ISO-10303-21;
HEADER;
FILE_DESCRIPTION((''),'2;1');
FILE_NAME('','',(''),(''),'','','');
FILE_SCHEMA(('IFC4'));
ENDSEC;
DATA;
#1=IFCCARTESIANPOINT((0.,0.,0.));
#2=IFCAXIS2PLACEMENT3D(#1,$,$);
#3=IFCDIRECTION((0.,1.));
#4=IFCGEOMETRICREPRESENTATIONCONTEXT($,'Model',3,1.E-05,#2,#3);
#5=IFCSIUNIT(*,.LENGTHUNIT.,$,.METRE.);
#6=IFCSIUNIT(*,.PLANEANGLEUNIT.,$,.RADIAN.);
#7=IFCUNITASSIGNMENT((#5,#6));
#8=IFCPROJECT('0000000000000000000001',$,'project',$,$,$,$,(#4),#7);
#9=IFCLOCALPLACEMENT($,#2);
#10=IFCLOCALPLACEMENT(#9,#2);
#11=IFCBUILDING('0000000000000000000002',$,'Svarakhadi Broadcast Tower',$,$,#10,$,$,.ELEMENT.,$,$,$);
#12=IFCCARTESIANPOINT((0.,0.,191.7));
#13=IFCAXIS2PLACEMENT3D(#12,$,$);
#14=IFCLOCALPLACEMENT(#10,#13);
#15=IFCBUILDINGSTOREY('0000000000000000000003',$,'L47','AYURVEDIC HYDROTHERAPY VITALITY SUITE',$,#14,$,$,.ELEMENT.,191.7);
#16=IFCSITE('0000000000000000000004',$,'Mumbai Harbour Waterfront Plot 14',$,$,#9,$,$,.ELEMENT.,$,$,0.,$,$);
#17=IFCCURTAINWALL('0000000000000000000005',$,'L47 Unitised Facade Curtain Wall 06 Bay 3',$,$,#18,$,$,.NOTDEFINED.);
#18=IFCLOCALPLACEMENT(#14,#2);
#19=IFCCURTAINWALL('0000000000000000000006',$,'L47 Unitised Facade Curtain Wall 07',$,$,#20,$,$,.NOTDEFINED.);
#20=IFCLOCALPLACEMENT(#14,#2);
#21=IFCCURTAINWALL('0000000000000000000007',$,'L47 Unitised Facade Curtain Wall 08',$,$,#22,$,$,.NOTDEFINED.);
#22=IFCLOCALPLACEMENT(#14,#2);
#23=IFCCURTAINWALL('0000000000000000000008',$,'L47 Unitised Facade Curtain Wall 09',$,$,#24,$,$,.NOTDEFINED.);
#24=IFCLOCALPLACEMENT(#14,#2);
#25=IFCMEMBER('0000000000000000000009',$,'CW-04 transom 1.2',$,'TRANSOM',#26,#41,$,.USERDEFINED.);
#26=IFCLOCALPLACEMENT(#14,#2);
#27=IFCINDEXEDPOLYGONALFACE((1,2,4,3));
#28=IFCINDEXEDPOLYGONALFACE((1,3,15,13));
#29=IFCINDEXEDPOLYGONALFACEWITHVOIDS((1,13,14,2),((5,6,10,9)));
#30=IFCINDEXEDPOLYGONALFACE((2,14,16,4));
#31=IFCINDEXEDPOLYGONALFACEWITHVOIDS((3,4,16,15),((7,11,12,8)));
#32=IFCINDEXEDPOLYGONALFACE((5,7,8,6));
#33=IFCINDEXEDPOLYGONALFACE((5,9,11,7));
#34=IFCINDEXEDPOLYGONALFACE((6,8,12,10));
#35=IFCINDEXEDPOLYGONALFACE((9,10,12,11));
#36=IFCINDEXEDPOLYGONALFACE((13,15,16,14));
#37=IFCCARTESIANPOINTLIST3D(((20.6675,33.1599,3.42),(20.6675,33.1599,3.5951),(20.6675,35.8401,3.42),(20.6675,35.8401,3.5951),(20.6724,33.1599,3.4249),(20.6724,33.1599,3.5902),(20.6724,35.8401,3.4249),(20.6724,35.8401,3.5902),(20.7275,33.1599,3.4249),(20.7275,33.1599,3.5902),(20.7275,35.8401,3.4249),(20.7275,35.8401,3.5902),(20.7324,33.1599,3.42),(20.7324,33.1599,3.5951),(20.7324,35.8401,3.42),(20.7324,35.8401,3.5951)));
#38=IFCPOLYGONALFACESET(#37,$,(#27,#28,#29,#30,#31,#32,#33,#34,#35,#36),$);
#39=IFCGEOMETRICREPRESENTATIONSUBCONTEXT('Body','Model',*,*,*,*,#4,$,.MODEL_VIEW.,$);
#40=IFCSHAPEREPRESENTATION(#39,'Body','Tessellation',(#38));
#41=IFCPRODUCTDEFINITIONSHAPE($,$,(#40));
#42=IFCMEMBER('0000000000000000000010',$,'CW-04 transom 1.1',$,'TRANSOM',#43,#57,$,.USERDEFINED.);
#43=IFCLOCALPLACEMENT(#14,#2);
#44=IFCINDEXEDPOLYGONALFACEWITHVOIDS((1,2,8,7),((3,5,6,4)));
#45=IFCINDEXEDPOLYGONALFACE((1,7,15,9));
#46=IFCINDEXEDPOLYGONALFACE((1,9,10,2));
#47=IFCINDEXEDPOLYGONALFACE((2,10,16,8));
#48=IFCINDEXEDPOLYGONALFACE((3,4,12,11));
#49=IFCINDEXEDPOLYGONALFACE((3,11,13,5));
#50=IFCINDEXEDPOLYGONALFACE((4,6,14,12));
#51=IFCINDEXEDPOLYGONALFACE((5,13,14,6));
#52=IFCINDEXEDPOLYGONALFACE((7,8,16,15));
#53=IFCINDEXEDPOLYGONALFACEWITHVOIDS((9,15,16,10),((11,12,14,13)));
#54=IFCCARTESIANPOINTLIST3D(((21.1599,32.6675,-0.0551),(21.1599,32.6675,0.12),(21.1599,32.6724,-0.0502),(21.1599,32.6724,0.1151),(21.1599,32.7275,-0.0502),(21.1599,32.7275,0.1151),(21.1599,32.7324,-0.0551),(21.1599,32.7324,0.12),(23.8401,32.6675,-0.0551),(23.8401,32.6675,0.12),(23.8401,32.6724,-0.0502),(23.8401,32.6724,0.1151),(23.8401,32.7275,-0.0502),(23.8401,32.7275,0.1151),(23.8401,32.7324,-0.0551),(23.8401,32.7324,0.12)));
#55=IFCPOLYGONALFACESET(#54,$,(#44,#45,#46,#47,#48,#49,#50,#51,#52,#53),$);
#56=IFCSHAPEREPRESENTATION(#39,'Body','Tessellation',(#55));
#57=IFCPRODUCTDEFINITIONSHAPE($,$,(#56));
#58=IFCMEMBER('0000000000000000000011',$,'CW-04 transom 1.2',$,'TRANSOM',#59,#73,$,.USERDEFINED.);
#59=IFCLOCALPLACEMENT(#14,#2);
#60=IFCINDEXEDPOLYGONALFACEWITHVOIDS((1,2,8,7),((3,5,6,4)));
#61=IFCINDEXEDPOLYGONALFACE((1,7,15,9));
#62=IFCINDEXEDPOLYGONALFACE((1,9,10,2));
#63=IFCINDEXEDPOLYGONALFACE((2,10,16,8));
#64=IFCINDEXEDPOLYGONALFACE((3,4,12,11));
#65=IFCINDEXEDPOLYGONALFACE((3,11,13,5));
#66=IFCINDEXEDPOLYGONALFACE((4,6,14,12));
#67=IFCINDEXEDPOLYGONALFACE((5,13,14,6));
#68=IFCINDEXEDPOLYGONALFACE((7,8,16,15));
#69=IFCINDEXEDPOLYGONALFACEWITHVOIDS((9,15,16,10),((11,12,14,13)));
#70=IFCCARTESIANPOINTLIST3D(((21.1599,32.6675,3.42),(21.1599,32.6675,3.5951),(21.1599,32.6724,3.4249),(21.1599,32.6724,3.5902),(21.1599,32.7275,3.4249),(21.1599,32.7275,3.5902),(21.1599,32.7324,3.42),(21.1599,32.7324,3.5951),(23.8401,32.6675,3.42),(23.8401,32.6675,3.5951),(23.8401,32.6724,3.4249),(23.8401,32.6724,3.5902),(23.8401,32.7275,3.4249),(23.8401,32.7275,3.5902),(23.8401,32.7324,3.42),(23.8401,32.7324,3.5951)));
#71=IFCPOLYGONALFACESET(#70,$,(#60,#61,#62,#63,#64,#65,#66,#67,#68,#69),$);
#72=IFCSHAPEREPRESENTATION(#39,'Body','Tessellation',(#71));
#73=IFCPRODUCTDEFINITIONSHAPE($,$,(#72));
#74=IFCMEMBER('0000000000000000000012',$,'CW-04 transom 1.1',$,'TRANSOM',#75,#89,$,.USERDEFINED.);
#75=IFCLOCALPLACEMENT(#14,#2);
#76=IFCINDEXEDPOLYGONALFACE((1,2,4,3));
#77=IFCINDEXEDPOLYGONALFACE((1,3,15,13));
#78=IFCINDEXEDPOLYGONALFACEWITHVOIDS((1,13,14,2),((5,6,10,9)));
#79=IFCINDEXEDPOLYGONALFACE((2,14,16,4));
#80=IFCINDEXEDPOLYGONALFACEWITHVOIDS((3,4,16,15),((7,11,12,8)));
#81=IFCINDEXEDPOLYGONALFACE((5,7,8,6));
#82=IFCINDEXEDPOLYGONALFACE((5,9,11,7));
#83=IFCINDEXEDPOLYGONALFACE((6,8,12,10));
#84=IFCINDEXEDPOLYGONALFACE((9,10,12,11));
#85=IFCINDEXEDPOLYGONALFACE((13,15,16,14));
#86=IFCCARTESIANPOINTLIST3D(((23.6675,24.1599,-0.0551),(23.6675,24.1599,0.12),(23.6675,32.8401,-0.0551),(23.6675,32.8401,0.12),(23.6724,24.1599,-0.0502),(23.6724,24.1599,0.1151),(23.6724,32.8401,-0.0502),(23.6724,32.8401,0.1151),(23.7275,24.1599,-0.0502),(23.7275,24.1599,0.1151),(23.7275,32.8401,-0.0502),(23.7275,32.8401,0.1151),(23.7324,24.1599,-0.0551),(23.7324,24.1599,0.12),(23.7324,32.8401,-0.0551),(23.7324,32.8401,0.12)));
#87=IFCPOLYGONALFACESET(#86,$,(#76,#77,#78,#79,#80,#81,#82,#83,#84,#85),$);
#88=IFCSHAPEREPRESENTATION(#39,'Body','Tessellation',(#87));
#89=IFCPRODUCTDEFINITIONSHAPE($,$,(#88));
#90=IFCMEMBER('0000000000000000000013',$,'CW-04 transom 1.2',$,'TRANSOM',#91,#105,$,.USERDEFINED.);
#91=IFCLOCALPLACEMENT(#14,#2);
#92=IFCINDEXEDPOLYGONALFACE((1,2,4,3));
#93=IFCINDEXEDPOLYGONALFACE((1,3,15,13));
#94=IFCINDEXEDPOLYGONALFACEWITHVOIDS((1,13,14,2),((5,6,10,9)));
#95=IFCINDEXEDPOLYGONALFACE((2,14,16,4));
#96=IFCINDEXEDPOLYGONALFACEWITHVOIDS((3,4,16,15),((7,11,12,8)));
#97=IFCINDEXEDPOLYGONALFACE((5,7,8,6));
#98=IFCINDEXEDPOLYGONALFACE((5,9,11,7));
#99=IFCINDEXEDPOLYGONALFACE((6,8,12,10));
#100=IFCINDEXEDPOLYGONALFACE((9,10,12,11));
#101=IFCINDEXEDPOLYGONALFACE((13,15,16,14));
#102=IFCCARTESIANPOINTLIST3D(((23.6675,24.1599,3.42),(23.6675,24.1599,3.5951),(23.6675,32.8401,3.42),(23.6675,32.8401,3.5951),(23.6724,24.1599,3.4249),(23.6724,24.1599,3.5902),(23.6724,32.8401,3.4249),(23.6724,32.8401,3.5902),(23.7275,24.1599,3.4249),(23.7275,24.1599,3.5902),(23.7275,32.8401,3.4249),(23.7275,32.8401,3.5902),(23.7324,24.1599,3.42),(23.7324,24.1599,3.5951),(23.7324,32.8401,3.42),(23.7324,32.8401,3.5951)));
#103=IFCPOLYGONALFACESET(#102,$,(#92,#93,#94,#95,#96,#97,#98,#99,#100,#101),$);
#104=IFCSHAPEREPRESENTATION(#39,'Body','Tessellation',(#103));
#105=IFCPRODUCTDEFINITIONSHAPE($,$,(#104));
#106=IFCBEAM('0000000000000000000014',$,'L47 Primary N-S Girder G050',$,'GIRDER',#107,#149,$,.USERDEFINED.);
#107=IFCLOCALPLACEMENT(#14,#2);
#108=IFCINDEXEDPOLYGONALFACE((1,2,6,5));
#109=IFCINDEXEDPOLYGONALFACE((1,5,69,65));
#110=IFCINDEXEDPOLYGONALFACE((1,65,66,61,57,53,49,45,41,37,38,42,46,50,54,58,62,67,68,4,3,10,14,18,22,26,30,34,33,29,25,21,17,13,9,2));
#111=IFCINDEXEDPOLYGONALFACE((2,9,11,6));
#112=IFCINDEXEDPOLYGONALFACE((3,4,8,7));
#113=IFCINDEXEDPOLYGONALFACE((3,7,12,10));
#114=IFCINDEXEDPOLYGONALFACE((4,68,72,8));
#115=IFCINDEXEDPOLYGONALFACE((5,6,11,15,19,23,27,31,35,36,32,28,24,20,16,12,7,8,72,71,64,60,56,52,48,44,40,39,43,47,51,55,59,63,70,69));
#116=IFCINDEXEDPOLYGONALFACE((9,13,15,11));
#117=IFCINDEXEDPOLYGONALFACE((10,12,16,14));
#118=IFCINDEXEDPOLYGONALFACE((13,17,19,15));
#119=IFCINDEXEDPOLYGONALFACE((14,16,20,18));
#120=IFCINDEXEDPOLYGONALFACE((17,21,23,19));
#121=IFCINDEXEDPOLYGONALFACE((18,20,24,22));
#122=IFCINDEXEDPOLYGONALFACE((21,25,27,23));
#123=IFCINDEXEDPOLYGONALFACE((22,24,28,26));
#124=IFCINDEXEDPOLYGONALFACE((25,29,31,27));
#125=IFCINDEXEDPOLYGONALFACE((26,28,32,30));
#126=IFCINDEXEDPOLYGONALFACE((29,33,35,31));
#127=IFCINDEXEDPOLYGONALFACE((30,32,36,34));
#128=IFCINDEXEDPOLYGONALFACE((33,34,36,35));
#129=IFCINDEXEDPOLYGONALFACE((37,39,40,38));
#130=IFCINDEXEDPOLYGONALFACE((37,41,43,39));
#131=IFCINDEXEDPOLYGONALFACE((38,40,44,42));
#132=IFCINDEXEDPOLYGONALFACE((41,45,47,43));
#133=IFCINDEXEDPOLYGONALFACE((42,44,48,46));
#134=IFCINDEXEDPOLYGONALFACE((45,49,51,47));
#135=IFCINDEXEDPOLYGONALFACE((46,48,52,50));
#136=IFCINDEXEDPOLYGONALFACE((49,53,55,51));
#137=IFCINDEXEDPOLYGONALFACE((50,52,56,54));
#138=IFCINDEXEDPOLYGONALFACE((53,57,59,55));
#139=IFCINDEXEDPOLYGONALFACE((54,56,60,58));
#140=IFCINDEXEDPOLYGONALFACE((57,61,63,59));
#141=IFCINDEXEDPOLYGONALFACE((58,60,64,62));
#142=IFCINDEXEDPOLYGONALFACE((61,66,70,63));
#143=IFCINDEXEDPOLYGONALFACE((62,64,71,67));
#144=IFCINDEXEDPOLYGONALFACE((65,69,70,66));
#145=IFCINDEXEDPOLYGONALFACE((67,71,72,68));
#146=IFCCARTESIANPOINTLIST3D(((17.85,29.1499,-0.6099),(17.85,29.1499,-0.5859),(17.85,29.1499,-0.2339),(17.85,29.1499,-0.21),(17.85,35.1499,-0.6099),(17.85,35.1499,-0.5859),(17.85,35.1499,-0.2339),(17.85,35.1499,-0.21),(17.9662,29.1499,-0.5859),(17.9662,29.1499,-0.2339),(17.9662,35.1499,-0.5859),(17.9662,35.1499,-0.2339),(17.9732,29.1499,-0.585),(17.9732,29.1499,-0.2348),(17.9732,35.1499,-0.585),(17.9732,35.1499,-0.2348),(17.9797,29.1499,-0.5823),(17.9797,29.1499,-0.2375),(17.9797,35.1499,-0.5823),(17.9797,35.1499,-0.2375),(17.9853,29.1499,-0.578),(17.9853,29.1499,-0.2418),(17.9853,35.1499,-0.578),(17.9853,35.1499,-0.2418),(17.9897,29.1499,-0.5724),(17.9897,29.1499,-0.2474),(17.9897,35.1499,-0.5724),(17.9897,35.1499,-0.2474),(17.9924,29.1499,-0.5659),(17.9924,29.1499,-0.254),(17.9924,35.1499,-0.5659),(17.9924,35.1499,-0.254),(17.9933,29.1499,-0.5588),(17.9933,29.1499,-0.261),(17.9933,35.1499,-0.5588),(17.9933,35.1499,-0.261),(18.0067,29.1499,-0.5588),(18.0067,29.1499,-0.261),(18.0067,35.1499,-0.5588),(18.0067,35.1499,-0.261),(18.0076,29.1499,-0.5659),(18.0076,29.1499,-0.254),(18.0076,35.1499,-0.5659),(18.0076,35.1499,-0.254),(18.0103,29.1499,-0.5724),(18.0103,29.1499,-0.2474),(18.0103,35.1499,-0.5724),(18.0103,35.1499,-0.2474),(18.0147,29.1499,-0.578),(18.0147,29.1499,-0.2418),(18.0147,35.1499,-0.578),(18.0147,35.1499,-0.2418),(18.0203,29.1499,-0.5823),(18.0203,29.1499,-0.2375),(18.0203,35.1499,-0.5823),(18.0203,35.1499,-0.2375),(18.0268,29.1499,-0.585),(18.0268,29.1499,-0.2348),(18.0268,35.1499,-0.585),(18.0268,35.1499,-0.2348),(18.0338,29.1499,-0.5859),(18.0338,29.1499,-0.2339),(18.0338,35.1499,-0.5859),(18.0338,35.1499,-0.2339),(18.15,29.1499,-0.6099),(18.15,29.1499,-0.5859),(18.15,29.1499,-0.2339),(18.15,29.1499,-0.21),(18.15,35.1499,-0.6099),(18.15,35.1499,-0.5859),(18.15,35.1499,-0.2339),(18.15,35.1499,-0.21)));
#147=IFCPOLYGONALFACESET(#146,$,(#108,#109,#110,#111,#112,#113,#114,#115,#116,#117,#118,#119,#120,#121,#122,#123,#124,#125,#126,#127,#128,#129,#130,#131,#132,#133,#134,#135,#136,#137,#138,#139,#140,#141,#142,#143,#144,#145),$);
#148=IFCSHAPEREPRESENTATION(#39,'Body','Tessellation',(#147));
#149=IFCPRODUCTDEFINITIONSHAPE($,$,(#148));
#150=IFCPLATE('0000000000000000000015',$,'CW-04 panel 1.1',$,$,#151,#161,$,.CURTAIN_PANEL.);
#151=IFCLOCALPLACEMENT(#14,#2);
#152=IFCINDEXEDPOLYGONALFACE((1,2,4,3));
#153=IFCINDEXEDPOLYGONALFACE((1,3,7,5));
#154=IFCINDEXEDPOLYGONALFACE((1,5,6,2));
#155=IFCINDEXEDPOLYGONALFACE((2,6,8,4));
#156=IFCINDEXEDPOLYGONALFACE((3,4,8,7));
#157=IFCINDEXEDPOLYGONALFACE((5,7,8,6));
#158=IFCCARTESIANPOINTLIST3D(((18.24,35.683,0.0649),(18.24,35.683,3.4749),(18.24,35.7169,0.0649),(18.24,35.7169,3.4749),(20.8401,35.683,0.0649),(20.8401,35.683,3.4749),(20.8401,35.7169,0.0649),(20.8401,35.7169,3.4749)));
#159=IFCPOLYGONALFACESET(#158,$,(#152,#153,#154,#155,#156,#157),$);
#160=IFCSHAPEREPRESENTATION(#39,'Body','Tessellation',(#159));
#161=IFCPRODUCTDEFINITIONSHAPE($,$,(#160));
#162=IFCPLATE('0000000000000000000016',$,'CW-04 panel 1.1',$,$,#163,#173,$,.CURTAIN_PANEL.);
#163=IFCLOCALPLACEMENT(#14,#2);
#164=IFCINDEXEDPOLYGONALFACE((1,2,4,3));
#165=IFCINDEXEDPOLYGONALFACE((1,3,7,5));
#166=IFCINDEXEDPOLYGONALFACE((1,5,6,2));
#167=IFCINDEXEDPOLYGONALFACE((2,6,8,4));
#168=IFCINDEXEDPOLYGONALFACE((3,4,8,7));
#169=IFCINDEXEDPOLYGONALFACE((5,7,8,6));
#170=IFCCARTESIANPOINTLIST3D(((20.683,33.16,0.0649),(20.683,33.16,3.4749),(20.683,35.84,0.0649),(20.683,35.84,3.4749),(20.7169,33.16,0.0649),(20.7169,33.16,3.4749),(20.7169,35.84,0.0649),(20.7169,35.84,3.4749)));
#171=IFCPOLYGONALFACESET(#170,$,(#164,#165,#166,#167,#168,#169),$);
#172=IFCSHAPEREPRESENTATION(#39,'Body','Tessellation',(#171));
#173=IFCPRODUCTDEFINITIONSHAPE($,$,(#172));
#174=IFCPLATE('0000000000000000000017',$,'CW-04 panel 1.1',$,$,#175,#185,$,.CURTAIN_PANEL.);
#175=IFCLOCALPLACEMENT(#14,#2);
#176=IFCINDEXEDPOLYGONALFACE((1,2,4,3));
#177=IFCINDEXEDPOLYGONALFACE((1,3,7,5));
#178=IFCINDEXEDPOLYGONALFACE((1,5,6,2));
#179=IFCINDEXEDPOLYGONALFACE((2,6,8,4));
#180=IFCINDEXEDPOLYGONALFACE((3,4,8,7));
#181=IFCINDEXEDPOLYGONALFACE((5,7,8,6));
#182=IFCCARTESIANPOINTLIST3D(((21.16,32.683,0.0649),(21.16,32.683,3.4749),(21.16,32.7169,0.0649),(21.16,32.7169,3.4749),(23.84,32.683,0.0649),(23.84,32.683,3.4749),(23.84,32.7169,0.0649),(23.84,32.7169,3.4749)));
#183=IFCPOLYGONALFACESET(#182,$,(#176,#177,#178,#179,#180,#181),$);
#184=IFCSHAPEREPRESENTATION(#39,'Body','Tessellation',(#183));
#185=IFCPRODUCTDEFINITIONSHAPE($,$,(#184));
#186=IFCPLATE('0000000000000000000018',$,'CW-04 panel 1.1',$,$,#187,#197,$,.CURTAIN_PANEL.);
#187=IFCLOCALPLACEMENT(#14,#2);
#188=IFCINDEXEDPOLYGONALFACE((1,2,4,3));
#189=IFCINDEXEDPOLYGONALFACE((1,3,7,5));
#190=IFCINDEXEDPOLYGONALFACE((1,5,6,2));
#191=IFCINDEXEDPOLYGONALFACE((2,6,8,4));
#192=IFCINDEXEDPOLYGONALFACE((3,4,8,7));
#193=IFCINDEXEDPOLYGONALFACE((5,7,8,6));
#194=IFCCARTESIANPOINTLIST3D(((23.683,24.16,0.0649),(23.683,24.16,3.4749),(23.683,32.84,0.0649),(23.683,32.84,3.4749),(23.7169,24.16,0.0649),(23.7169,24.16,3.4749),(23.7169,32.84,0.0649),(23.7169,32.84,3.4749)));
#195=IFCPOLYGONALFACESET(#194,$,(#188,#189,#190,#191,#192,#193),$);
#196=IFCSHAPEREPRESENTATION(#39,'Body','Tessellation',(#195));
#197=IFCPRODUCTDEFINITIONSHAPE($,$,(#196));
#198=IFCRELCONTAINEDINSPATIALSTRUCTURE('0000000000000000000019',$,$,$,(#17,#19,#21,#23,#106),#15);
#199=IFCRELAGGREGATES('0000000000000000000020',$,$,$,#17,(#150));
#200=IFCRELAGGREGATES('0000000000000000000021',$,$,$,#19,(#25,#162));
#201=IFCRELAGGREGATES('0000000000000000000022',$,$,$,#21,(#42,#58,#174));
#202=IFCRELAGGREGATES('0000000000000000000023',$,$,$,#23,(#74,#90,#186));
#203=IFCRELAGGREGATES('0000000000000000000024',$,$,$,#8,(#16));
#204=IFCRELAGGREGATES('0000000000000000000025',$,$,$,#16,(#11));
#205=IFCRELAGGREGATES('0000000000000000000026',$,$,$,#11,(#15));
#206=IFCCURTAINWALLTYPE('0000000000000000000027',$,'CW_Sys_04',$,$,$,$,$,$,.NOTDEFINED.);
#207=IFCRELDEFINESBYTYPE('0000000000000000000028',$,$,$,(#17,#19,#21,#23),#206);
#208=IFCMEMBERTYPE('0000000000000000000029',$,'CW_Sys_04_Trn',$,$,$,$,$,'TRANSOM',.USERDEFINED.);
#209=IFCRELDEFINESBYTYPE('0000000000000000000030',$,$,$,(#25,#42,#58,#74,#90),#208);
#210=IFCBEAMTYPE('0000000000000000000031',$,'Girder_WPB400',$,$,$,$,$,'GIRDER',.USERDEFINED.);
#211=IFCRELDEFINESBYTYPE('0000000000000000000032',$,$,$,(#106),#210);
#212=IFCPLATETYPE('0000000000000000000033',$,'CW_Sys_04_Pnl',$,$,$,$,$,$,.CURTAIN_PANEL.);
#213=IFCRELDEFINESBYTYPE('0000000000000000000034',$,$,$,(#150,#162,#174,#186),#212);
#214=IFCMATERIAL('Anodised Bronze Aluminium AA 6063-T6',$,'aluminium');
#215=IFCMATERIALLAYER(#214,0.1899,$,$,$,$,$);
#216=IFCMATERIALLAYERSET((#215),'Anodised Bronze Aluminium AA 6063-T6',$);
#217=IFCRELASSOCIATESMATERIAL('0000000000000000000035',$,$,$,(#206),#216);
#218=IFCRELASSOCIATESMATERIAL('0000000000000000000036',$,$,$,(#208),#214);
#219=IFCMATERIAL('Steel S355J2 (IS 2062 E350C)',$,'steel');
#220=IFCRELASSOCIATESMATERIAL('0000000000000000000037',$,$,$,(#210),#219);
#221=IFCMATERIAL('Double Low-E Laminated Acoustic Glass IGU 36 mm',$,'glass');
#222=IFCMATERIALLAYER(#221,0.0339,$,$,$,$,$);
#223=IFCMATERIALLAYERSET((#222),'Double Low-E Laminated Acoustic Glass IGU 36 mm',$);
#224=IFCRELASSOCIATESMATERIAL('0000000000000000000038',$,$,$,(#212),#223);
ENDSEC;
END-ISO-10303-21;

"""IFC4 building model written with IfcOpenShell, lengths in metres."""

from ifc_helpers import new_model, si_unit, direction, frame, origin, origin_2d, place, context, subcontext, project, spatial, rectangle, hollow_rectangle, i_section, extrude, material, layer, layer_set, material_profile, profile_set, type_object, element, aggregate, save


model = new_model("IFC4")

# Units and contexts
model_context = context("Model", 3, precision=1e-05, world=origin(), true_north=direction((0.0, 1.0)))
body_context = subcontext(model_context, "Body", "Model", "MODEL_VIEW")
ifc_project = project(units=[si_unit("LENGTHUNIT", "METRE"), si_unit("PLANEANGLEUNIT", "RADIAN")], contexts=[model_context])

# Site, building, storey
site_placement = place(None, origin())
site = spatial("IfcSite", under=ifc_project, at=site_placement, Name="Mumbai Harbour Waterfront Plot 14", CompositionType="ELEMENT", RefElevation=0.0)
building_placement = place(site_placement, origin())
building = spatial("IfcBuilding", under=site, at=building_placement, Name="Svarakhadi Broadcast Tower", CompositionType="ELEMENT")
storey_placement = place(building_placement, frame((0.0, 0.0, 191.7)))
storey = spatial("IfcBuildingStorey", under=building, at=storey_placement, Name="L47", Description="AYURVEDIC HYDROTHERAPY VITALITY SUITE", CompositionType="ELEMENT", Elevation=191.7)

# Curtain walls
ifc_material_1 = material(Name="Anodised Bronze Aluminium AA 6063-T6", Category="aluminium")
ifc_layer_1 = layer(ifc_material_1, 0.1899)
ifc_layer_set_1 = layer_set([ifc_layer_1], Name="Anodised Bronze Aluminium AA 6063-T6")
curtain_wall_type = type_object("IfcCurtainWallType", Name="CW_Sys_04", PredefinedType="NOTDEFINED", material=ifc_layer_set_1)
curtain_wall_1_placement = place(storey_placement, origin())
curtain_wall_1 = element("IfcCurtainWall", 1, at=curtain_wall_1_placement, inside=storey, type_object=curtain_wall_type, Name="L47 Unitised Facade Curtain Wall 06 Bay 3", PredefinedType="NOTDEFINED")
curtain_wall_2_placement = place(storey_placement, origin())
curtain_wall_2 = element("IfcCurtainWall", 2, at=curtain_wall_2_placement, inside=storey, type_object=curtain_wall_type, Name="L47 Unitised Facade Curtain Wall 07", PredefinedType="NOTDEFINED")
curtain_wall_3_placement = place(storey_placement, origin())
curtain_wall_3 = element("IfcCurtainWall", 3, at=curtain_wall_3_placement, inside=storey, type_object=curtain_wall_type, Name="L47 Unitised Facade Curtain Wall 08", PredefinedType="NOTDEFINED")
curtain_wall_4_placement = place(storey_placement, origin())
curtain_wall_4 = element("IfcCurtainWall", 4, at=curtain_wall_4_placement, inside=storey, type_object=curtain_wall_type, Name="L47 Unitised Facade Curtain Wall 09", PredefinedType="NOTDEFINED")

# Members
ifc_material_profile_1 = material_profile(ifc_material_1, hollow_rectangle(XDim=0.0649, YDim=0.175, WallThickness=0.0049, at=origin_2d()), Name="ALU TRANSOM 175x65x5")
ifc_profile_set_1 = profile_set([ifc_material_profile_1], Name="Anodised Bronze Aluminium AA 6063-T6")
member_type_1 = type_object("IfcMemberType", Name="CW_Sys_04_Trn", ElementType="TRANSOM", PredefinedType="USERDEFINED", material=ifc_profile_set_1)
member_1_placement = place(storey_placement, frame((20.7, 35.8401, 3.5076), z_axis=(0.0, -1.0, 0.0), x_axis=(1.0, 0.0, 0.0)))
member_1 = element("IfcMember", 5, at=member_1_placement, type_object=member_type_1, Name="CW-04 transom 1.2", ObjectType="TRANSOM", PredefinedType="USERDEFINED", context=body_context, shape_type="SweptSolid", body=[
    extrude(hollow_rectangle(XDim=0.0649, YDim=0.175, WallThickness=0.0049, at=origin_2d()), origin(), (0.0, 0.0, 1.0), 2.6802),
])
member_2_placement = place(storey_placement, frame((21.1599, 32.7, 0.0325), z_axis=(1.0, 0.0, 0.0), x_axis=(0.0, 1.0, 0.0)))
member_2 = element("IfcMember", 6, at=member_2_placement, type_object=member_type_1, Name="CW-04 transom 1.1", ObjectType="TRANSOM", PredefinedType="USERDEFINED", context=body_context, shape_type="SweptSolid", body=[
    extrude(hollow_rectangle(XDim=0.0649, YDim=0.175, WallThickness=0.0049, at=origin_2d()), origin(), (0.0, 0.0, 1.0), 2.6802),
])
member_3_placement = place(storey_placement, frame((21.1599, 32.7, 3.5076), z_axis=(1.0, 0.0, 0.0), x_axis=(0.0, 1.0, 0.0)))
member_3 = element("IfcMember", 7, at=member_3_placement, type_object=member_type_1, Name="CW-04 transom 1.2", ObjectType="TRANSOM", PredefinedType="USERDEFINED", context=body_context, shape_type="SweptSolid", body=[
    extrude(hollow_rectangle(XDim=0.0649, YDim=0.175, WallThickness=0.0049, at=origin_2d()), origin(), (0.0, 0.0, 1.0), 2.6802),
])
member_4_placement = place(storey_placement, frame((23.7, 32.8401, 0.0325), z_axis=(0.0, -1.0, 0.0), x_axis=(1.0, 0.0, 0.0)))
member_4 = element("IfcMember", 8, at=member_4_placement, type_object=member_type_1, Name="CW-04 transom 1.1", ObjectType="TRANSOM", PredefinedType="USERDEFINED", context=body_context, shape_type="SweptSolid", body=[
    extrude(hollow_rectangle(XDim=0.0649, YDim=0.175, WallThickness=0.0049, at=origin_2d()), origin(), (0.0, 0.0, 1.0), 8.6802),
])
member_5_placement = place(storey_placement, frame((23.7, 32.8401, 3.5076), z_axis=(0.0, -1.0, 0.0), x_axis=(1.0, 0.0, 0.0)))
member_5 = element("IfcMember", 9, at=member_5_placement, type_object=member_type_1, Name="CW-04 transom 1.2", ObjectType="TRANSOM", PredefinedType="USERDEFINED", context=body_context, shape_type="SweptSolid", body=[
    extrude(hollow_rectangle(XDim=0.0649, YDim=0.175, WallThickness=0.0049, at=origin_2d()), origin(), (0.0, 0.0, 1.0), 8.6802),
])

# Beam
ifc_material_2 = material(Name="Steel S355J2 (IS 2062 E350C)", Category="steel")
ifc_material_profile_2 = material_profile(ifc_material_2, i_section(OverallWidth=0.3, OverallDepth=0.3999, WebThickness=0.0134, FlangeThickness=0.0239, FilletRadius=0.0271, at=origin_2d()), Name="WPB 400x300x155")
ifc_profile_set_2 = profile_set([ifc_material_profile_2], Name="Steel S355J2 (IS 2062 E350C)")
beam_type = type_object("IfcBeamType", Name="Girder_WPB400", ElementType="GIRDER", PredefinedType="USERDEFINED", material=ifc_profile_set_2)
beam_placement = place(storey_placement, frame((18.0, 29.1499, -0.4099), z_axis=(0.0, 1.0, 0.0), x_axis=(-1.0, 0.0, 0.0)))
element("IfcBeam", 10, at=beam_placement, inside=storey, type_object=beam_type, Name="L47 Primary N-S Girder G050", ObjectType="GIRDER", PredefinedType="USERDEFINED", context=body_context, shape_type="SweptSolid", body=[
    extrude(i_section(OverallWidth=0.3, OverallDepth=0.3999, WebThickness=0.0134, FlangeThickness=0.0239, FilletRadius=0.0271, at=origin_2d()), origin(), (0.0, 0.0, 1.0), 6.0),
])

# Plates
ifc_material_3 = material(Name="Double Low-E Laminated Acoustic Glass IGU 36 mm", Category="glass")
ifc_layer_2 = layer(ifc_material_3, 0.0339)
ifc_layer_set_2 = layer_set([ifc_layer_2], Name="Double Low-E Laminated Acoustic Glass IGU 36 mm")
plate_type = type_object("IfcPlateType", Name="CW_Sys_04_Pnl", PredefinedType="CURTAIN_PANEL", material=ifc_layer_set_2)
plate_1_placement = place(storey_placement, frame((19.54, 35.7, 0.0649), z_axis=(0.0, 0.0, 1.0), x_axis=(1.0, 0.0, 0.0)))
plate_1 = element("IfcPlate", 11, at=plate_1_placement, type_object=plate_type, Name="CW-04 panel 1.1", PredefinedType="CURTAIN_PANEL", context=body_context, shape_type="SweptSolid", body=[
    extrude(rectangle(XDim=2.6001, YDim=0.0339, at=origin_2d()), origin(), (0.0, 0.0, 1.0), 3.4099),
])
aggregate(curtain_wall_1, [plate_1])
plate_2_placement = place(storey_placement, frame((20.7, 34.5, 0.0649), z_axis=(0.0, 0.0, 1.0), x_axis=(0.0, -1.0, 0.0)))
plate_2 = element("IfcPlate", 12, at=plate_2_placement, type_object=plate_type, Name="CW-04 panel 1.1", PredefinedType="CURTAIN_PANEL", context=body_context, shape_type="SweptSolid", body=[
    extrude(rectangle(XDim=2.6799, YDim=0.0339, at=origin_2d()), origin(), (0.0, 0.0, 1.0), 3.4099),
])
aggregate(curtain_wall_2, [member_1, plate_2])
plate_3_placement = place(storey_placement, frame((22.5, 32.7, 0.0649), z_axis=(0.0, 0.0, 1.0), x_axis=(1.0, 0.0, 0.0)))
plate_3 = element("IfcPlate", 13, at=plate_3_placement, type_object=plate_type, Name="CW-04 panel 1.1", PredefinedType="CURTAIN_PANEL", context=body_context, shape_type="SweptSolid", body=[
    extrude(rectangle(XDim=2.6799, YDim=0.0339, at=origin_2d()), origin(), (0.0, 0.0, 1.0), 3.4099),
])
aggregate(curtain_wall_3, [member_2, member_3, plate_3])
plate_4_placement = place(storey_placement, frame((23.7, 28.5, 0.0649), z_axis=(0.0, 0.0, 1.0), x_axis=(0.0, -1.0, 0.0)))
plate_4 = element("IfcPlate", 14, at=plate_4_placement, type_object=plate_type, Name="CW-04 panel 1.1", PredefinedType="CURTAIN_PANEL", context=body_context, shape_type="SweptSolid", body=[
    extrude(rectangle(XDim=8.6799, YDim=0.0339, at=origin_2d()), origin(), (0.0, 0.0, 1.0), 3.4099),
])
aggregate(curtain_wall_4, [member_4, member_5, plate_4])

save(model, "model.ifc")
